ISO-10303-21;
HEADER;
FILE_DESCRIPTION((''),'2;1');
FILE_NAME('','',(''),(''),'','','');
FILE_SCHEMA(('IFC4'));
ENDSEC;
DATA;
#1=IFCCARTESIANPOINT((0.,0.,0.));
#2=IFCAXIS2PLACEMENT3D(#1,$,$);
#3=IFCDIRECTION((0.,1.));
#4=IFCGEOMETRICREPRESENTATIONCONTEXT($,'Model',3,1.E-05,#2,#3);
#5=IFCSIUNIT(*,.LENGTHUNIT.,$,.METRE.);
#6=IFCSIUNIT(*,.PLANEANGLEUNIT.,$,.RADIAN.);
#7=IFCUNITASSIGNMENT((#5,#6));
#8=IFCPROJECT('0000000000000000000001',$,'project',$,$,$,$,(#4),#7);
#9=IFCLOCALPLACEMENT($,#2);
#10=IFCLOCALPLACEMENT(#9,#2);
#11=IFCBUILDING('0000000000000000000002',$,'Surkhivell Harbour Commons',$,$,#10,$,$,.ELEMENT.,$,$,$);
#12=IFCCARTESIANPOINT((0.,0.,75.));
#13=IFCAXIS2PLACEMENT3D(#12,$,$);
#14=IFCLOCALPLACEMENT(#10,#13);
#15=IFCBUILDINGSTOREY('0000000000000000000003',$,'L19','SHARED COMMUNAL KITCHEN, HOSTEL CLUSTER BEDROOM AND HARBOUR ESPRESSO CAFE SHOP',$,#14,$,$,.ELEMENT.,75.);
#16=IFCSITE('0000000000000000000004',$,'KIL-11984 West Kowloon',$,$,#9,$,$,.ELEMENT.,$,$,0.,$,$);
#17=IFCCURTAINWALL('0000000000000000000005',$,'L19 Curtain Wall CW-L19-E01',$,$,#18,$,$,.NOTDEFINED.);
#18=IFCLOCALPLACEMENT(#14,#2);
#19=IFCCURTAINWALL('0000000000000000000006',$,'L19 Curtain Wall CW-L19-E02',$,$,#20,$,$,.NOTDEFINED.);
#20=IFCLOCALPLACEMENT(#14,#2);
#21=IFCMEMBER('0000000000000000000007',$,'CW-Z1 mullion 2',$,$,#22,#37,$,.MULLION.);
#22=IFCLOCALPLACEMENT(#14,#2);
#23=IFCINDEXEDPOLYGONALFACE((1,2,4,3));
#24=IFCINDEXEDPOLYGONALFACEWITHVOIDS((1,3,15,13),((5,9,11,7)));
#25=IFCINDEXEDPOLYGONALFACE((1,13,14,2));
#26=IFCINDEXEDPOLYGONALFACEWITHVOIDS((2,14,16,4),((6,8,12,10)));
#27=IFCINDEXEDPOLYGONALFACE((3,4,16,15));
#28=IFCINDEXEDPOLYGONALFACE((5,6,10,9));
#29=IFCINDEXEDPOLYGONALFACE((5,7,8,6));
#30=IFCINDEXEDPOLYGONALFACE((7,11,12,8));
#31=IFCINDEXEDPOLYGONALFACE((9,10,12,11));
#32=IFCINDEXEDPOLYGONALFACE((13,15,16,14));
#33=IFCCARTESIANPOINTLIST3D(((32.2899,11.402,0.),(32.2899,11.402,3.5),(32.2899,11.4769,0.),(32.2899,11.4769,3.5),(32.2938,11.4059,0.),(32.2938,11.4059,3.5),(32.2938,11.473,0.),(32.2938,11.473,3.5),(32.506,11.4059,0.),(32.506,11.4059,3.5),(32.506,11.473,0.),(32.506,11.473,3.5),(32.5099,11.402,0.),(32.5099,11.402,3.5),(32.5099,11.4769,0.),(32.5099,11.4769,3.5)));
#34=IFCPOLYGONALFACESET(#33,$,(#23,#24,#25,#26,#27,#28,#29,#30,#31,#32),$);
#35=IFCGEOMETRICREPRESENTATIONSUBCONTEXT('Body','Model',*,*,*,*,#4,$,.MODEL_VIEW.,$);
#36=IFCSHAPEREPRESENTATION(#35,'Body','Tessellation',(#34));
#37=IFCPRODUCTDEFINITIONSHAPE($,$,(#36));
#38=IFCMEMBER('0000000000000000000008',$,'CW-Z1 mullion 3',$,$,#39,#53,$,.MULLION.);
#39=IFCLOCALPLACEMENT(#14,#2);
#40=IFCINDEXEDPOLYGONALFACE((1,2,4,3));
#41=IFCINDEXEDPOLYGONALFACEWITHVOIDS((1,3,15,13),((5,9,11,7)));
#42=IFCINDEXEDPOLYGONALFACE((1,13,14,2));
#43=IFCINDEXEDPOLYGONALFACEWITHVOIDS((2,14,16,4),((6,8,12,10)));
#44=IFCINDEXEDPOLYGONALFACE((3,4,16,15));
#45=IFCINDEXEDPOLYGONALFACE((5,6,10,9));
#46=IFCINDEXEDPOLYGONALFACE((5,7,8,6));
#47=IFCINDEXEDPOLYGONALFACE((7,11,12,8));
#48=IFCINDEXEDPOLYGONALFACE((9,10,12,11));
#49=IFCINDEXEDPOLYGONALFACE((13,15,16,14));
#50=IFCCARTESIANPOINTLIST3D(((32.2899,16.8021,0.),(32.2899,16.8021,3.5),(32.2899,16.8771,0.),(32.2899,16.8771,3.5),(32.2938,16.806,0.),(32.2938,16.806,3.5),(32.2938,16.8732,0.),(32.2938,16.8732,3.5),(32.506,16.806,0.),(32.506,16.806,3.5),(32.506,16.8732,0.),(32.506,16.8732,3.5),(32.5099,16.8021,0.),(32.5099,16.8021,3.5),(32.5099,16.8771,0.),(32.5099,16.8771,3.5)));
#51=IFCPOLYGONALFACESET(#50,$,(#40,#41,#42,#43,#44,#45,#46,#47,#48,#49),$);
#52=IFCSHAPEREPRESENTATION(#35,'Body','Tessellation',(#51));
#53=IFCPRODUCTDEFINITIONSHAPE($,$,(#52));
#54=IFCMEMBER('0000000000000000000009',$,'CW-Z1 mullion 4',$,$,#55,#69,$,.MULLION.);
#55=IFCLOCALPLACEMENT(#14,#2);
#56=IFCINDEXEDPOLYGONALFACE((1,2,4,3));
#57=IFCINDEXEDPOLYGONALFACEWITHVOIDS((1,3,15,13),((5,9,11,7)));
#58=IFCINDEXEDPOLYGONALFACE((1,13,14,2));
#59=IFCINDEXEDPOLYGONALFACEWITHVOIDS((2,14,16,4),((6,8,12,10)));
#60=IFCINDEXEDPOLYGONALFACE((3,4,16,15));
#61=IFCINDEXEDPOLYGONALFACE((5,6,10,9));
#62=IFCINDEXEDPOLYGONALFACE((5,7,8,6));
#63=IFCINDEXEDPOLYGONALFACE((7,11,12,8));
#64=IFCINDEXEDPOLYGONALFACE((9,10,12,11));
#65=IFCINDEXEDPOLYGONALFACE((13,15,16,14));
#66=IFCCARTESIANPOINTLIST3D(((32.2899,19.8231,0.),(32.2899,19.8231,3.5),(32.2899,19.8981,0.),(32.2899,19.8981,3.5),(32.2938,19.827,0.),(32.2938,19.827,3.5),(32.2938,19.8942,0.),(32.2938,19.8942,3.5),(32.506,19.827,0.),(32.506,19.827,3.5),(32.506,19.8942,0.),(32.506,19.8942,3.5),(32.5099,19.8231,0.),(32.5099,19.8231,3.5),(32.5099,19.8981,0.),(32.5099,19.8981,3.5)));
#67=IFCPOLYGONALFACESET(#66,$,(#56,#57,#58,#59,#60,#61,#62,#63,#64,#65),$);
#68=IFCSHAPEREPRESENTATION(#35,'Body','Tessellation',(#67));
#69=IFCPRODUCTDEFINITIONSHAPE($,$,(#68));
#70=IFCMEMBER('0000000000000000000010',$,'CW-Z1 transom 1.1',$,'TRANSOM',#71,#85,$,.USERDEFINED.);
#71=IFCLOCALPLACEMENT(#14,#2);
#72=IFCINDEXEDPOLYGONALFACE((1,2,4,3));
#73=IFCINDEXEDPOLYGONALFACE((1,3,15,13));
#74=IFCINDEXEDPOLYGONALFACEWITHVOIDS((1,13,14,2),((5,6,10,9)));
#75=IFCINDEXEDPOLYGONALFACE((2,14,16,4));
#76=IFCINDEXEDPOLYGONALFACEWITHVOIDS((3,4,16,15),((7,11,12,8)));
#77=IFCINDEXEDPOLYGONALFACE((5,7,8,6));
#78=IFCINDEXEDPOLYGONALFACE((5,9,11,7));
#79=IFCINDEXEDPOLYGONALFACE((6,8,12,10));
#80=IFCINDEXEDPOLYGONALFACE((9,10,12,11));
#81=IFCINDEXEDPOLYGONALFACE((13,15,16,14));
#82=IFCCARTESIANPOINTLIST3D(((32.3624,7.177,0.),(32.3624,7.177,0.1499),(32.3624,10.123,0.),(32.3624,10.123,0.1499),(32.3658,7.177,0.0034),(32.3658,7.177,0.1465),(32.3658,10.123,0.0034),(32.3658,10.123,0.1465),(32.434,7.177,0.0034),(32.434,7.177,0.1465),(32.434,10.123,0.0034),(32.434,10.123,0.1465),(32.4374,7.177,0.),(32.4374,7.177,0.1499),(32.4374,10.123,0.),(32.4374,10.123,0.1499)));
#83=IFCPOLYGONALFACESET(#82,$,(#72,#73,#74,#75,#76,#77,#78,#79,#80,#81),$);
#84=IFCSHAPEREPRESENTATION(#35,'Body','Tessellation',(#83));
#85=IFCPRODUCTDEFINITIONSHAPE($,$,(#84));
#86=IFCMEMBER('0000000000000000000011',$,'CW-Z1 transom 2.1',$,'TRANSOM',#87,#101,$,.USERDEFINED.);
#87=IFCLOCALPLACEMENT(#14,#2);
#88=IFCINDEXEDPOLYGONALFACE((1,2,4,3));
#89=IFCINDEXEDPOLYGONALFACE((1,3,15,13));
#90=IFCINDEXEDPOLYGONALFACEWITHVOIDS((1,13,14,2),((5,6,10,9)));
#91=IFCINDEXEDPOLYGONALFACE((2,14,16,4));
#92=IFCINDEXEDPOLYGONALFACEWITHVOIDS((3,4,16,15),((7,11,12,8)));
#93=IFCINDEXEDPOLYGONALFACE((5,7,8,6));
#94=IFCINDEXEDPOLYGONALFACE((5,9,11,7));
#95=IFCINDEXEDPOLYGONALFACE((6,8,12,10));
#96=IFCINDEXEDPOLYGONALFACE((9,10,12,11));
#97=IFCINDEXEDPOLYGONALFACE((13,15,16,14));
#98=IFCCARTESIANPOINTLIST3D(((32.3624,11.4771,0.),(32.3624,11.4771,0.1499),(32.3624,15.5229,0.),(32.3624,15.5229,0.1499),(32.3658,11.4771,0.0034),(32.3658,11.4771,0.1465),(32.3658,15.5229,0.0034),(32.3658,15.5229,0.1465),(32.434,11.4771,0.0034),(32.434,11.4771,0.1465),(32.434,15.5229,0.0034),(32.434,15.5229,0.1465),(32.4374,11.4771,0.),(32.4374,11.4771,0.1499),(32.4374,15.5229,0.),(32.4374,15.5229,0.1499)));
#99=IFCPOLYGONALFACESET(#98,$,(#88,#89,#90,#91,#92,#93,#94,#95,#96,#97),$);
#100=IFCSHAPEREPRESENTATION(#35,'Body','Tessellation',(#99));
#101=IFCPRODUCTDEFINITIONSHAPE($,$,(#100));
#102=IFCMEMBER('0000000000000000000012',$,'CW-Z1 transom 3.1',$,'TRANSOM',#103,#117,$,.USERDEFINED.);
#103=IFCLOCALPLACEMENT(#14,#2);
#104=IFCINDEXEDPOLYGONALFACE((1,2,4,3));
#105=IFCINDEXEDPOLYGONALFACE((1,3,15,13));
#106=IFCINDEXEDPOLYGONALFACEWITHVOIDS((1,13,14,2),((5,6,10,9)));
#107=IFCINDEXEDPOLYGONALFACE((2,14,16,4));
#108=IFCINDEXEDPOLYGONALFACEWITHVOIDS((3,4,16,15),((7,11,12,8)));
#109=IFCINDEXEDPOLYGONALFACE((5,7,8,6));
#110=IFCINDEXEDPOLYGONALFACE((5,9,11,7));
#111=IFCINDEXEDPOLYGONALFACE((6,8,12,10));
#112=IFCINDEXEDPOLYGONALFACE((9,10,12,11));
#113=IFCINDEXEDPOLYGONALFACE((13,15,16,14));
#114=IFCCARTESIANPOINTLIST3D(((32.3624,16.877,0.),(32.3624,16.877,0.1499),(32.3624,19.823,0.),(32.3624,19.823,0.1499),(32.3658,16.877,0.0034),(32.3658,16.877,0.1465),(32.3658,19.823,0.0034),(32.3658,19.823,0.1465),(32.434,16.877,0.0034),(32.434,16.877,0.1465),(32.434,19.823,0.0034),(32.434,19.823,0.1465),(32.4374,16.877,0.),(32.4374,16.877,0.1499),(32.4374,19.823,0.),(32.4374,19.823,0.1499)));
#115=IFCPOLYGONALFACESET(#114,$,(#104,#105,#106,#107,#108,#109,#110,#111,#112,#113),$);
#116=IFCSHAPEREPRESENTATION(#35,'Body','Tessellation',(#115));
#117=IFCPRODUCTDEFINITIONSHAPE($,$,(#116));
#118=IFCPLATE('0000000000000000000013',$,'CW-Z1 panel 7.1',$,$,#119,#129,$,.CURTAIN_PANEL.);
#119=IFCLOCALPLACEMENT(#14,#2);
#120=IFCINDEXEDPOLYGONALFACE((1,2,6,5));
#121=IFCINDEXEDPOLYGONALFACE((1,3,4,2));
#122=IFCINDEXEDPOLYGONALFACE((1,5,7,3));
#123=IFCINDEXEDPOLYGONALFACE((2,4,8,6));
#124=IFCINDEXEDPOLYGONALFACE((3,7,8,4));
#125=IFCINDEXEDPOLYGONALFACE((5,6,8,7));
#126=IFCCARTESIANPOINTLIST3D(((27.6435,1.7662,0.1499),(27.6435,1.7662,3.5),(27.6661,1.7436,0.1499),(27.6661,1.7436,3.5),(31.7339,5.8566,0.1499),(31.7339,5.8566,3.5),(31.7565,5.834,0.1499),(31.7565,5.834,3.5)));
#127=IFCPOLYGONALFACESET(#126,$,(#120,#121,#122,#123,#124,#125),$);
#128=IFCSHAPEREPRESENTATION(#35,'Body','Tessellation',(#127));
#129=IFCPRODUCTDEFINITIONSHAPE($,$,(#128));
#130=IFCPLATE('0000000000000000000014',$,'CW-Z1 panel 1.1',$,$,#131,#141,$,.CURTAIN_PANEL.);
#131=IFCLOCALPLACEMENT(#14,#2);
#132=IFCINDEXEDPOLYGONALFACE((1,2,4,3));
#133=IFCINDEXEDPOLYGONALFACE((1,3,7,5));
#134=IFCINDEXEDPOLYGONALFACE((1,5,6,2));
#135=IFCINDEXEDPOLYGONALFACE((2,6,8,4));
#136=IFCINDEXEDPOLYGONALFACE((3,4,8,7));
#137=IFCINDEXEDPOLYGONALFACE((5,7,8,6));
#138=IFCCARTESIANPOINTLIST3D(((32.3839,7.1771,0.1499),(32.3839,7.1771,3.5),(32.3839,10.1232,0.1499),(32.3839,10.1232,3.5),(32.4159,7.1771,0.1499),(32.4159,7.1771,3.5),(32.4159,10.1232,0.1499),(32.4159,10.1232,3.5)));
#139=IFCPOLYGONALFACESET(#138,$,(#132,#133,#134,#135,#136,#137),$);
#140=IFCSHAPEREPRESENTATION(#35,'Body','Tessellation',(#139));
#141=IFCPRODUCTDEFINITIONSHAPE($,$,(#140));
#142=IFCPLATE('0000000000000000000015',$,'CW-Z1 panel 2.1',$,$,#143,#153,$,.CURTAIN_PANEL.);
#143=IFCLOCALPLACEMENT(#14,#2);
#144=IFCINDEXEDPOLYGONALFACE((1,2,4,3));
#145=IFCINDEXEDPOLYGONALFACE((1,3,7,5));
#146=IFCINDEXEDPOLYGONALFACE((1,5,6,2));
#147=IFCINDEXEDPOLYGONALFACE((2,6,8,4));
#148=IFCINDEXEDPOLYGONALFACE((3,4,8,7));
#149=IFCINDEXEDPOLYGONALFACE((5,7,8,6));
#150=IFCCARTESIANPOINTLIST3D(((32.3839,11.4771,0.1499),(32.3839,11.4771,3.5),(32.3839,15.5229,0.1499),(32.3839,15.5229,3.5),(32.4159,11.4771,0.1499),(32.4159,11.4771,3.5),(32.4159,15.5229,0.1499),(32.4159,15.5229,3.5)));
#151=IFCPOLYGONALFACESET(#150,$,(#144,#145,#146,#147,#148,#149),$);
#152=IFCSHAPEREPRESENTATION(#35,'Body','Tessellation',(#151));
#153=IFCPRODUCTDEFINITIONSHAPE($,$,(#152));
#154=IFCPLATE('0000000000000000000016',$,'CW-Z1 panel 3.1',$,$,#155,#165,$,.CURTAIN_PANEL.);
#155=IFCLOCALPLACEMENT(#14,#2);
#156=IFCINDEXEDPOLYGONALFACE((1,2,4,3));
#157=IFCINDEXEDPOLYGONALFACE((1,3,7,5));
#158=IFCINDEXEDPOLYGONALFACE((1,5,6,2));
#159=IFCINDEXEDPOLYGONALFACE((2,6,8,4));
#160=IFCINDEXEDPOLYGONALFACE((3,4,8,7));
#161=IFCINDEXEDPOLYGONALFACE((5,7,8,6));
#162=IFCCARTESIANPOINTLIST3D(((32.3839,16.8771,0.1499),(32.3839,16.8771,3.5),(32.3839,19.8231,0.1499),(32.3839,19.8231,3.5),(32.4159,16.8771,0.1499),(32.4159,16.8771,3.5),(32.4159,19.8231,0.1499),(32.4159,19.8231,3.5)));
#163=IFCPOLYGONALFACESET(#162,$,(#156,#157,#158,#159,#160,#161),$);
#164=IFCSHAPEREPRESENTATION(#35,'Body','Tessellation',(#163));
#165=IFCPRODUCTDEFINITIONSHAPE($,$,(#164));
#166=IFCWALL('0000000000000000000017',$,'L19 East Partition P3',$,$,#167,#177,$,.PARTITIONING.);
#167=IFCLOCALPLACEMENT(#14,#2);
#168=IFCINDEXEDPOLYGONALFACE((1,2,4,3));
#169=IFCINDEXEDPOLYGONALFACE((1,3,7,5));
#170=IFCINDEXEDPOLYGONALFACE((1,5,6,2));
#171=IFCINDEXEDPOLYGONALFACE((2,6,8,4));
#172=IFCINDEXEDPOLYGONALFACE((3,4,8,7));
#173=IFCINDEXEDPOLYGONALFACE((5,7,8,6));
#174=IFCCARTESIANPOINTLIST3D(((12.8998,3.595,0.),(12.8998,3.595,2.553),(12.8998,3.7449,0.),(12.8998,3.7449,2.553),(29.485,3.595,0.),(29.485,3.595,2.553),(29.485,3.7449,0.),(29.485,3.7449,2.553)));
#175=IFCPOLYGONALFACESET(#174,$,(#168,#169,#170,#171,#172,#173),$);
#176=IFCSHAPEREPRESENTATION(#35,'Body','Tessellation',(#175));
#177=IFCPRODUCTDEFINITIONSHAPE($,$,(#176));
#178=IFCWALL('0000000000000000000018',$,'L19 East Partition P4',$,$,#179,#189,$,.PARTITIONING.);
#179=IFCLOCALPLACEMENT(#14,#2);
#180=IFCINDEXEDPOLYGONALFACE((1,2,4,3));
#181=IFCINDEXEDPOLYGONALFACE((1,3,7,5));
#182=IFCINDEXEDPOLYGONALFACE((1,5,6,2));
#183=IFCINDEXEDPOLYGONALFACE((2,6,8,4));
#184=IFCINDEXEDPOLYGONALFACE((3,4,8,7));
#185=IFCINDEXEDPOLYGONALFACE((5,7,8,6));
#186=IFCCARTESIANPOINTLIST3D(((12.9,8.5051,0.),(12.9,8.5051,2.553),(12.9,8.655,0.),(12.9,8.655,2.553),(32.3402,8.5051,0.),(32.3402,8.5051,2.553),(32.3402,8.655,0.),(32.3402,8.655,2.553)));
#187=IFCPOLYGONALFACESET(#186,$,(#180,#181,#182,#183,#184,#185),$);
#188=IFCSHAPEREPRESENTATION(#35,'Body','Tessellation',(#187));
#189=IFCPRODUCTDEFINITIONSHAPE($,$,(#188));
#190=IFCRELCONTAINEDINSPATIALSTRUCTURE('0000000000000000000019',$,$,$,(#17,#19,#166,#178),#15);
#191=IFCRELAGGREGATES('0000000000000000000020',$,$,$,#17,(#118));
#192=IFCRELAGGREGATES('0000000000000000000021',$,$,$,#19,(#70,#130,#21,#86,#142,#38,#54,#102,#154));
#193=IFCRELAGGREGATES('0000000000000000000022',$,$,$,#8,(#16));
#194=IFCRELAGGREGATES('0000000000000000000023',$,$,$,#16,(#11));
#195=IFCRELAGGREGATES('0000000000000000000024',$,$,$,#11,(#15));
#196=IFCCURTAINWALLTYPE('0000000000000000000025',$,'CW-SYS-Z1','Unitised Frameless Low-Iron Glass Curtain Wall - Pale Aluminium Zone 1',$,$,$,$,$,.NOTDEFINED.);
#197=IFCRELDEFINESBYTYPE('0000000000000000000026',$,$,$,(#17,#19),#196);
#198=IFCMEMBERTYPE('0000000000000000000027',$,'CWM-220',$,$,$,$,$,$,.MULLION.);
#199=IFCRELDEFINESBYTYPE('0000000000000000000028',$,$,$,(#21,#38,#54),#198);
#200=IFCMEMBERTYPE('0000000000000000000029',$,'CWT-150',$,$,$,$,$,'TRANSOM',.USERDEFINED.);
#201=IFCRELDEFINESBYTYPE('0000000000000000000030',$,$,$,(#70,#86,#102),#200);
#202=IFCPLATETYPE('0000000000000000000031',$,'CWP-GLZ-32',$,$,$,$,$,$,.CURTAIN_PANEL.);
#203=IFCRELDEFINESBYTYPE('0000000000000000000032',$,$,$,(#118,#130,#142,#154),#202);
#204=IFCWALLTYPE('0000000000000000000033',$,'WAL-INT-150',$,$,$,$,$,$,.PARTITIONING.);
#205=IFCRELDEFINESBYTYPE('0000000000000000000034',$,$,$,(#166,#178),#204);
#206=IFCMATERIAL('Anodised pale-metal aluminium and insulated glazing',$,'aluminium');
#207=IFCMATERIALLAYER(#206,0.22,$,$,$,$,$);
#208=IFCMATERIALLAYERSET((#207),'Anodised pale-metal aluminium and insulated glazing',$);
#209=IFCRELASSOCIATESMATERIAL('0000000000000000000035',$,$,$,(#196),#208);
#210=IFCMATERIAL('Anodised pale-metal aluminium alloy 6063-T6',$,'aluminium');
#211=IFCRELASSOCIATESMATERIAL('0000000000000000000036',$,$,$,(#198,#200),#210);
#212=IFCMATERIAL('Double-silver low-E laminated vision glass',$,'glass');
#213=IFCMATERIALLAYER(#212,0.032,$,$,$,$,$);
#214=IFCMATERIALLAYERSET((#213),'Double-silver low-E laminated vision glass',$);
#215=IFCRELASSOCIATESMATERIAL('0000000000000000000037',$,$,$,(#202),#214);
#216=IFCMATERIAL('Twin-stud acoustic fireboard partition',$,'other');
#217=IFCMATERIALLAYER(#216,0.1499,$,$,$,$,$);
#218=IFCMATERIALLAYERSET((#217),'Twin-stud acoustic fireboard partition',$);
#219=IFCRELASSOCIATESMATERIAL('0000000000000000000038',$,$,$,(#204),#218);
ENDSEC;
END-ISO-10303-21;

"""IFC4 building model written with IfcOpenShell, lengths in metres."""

from ifc_helpers import new_model, si_unit, direction, frame, frame_2d, origin, origin_2d, place, context, subcontext, project, spatial, rectangle, hollow_rectangle, extrude, material, layer, layer_set, material_profile, profile_set, type_object, element, aggregate, save


model = new_model("IFC4")

# Units and contexts
model_context = context("Model", 3, precision=1e-05, world=origin(), true_north=direction((0.0, 1.0)))
body_context = subcontext(model_context, "Body", "Model", "MODEL_VIEW")
ifc_project = project(units=[si_unit("LENGTHUNIT", "METRE"), si_unit("PLANEANGLEUNIT", "RADIAN")], contexts=[model_context])

# Site, building, storey
site_placement = place(None, origin())
site = spatial("IfcSite", under=ifc_project, at=site_placement, Name="KIL-11984 West Kowloon", CompositionType="ELEMENT", RefElevation=0.0)
building_placement = place(site_placement, origin())
building = spatial("IfcBuilding", under=site, at=building_placement, Name="Surkhivell Harbour Commons", CompositionType="ELEMENT")
storey_placement = place(building_placement, frame((0.0, 0.0, 75.0)))
storey = spatial("IfcBuildingStorey", under=building, at=storey_placement, Name="L19", Description="SHARED COMMUNAL KITCHEN, HOSTEL CLUSTER BEDROOM AND HARBOUR ESPRESSO CAFE SHOP", CompositionType="ELEMENT", Elevation=75.0)

# Curtain wall
ifc_material_1 = material(Name="Anodised pale-metal aluminium and insulated glazing", Category="aluminium")
ifc_layer_1 = layer(ifc_material_1, 0.22)
ifc_layer_set_1 = layer_set([ifc_layer_1], Name="Anodised pale-metal aluminium and insulated glazing")
curtain_wall_type = type_object("IfcCurtainWallType", Name="CW-SYS-Z1", Description="Unitised Frameless Low-Iron Glass Curtain Wall - Pale Aluminium Zone 1", PredefinedType="NOTDEFINED", material=ifc_layer_set_1)
curtain_wall_1_placement = place(storey_placement, origin())
curtain_wall_1 = element("IfcCurtainWall", 1, at=curtain_wall_1_placement, inside=storey, type_object=curtain_wall_type, Name="L19 Curtain Wall CW-L19-E01", PredefinedType="NOTDEFINED")
ifc_material_2 = material(Name="Anodised pale-metal aluminium alloy 6063-T6", Category="aluminium")
ifc_material_profile_1 = material_profile(ifc_material_2, hollow_rectangle(XDim=0.075, YDim=0.22, WallThickness=0.0039, at=origin_2d()), Name="ALU-MULL-75x220")
ifc_profile_set_1 = profile_set([ifc_material_profile_1], Name="Anodised pale-metal aluminium alloy 6063-T6")
member_type_1 = type_object("IfcMemberType", Name="CWM-220", PredefinedType="MULLION", material=ifc_profile_set_1)

# Curtain wall, members
curtain_wall_2_placement = place(storey_placement, origin())
curtain_wall_2 = element("IfcCurtainWall", 2, at=curtain_wall_2_placement, inside=storey, type_object=curtain_wall_type, Name="L19 Curtain Wall CW-L19-E02", PredefinedType="NOTDEFINED")
member_1_placement = place(storey_placement, frame((32.3999, 11.4395, 0.0), z_axis=(0.0, 0.0, 1.0), x_axis=(0.0, 1.0, 0.0)))
member_1 = element("IfcMember", 3, at=member_1_placement, type_object=member_type_1, Name="CW-Z1 mullion 2", PredefinedType="MULLION", context=body_context, shape_type="SweptSolid", body=[
    extrude(hollow_rectangle(XDim=0.075, YDim=0.22, WallThickness=0.0039, at=origin_2d()), origin(), (0.0, 0.0, 1.0), 3.5),
])
member_2_placement = place(storey_placement, frame((32.3999, 16.8396, 0.0), z_axis=(0.0, 0.0, 1.0), x_axis=(0.0, 1.0, 0.0)))
member_2 = element("IfcMember", 4, at=member_2_placement, type_object=member_type_1, Name="CW-Z1 mullion 3", PredefinedType="MULLION", context=body_context, shape_type="SweptSolid", body=[
    extrude(hollow_rectangle(XDim=0.075, YDim=0.22, WallThickness=0.0039, at=origin_2d()), origin(), (0.0, 0.0, 1.0), 3.5),
])
member_3_placement = place(storey_placement, frame((32.3999, 19.8606, 0.0), z_axis=(0.0, 0.0, 1.0), x_axis=(0.0, 1.0, 0.0)))
member_3 = element("IfcMember", 5, at=member_3_placement, type_object=member_type_1, Name="CW-Z1 mullion 4", PredefinedType="MULLION", context=body_context, shape_type="SweptSolid", body=[
    extrude(hollow_rectangle(XDim=0.075, YDim=0.22, WallThickness=0.0039, at=origin_2d()), origin(), (0.0, 0.0, 1.0), 3.5),
])
ifc_material_profile_2 = material_profile(ifc_material_2, hollow_rectangle(XDim=0.075, YDim=0.1499, WallThickness=0.0034, at=origin_2d()), Name="ALU-TRAN-75x150")
ifc_profile_set_2 = profile_set([ifc_material_profile_2], Name="Anodised pale-metal aluminium alloy 6063-T6")
member_type_2 = type_object("IfcMemberType", Name="CWT-150", ElementType="TRANSOM", PredefinedType="USERDEFINED", material=ifc_profile_set_2)
member_4_placement = place(storey_placement, frame((32.3999, 7.177, 0.075), z_axis=(0.0, 1.0, 0.0), x_axis=(-1.0, 0.0, 0.0)))
member_4 = element("IfcMember", 6, at=member_4_placement, type_object=member_type_2, Name="CW-Z1 transom 1.1", ObjectType="TRANSOM", PredefinedType="USERDEFINED", context=body_context, shape_type="SweptSolid", body=[
    extrude(hollow_rectangle(XDim=0.075, YDim=0.1499, WallThickness=0.0034, at=origin_2d()), origin(), (0.0, 0.0, 1.0), 2.946),
])
member_5_placement = place(storey_placement, frame((32.3999, 11.4771, 0.075), z_axis=(0.0, 1.0, 0.0), x_axis=(-1.0, 0.0, 0.0)))
member_5 = element("IfcMember", 7, at=member_5_placement, type_object=member_type_2, Name="CW-Z1 transom 2.1", ObjectType="TRANSOM", PredefinedType="USERDEFINED", context=body_context, shape_type="SweptSolid", body=[
    extrude(hollow_rectangle(XDim=0.075, YDim=0.1499, WallThickness=0.0034, at=origin_2d()), origin(), (0.0, 0.0, 1.0), 4.0459),
])
member_6_placement = place(storey_placement, frame((32.3999, 16.877, 0.075), z_axis=(0.0, 1.0, 0.0), x_axis=(-1.0, 0.0, 0.0)))
member_6 = element("IfcMember", 8, at=member_6_placement, type_object=member_type_2, Name="CW-Z1 transom 3.1", ObjectType="TRANSOM", PredefinedType="USERDEFINED", context=body_context, shape_type="SweptSolid", body=[
    extrude(hollow_rectangle(XDim=0.075, YDim=0.1499, WallThickness=0.0034, at=origin_2d()), origin(), (0.0, 0.0, 1.0), 2.946),
])

# Plates
ifc_material_3 = material(Name="Double-silver low-E laminated vision glass", Category="glass")
ifc_layer_2 = layer(ifc_material_3, 0.032)
ifc_layer_set_2 = layer_set([ifc_layer_2], Name="Double-silver low-E laminated vision glass")
plate_type = type_object("IfcPlateType", Name="CWP-GLZ-32", PredefinedType="CURTAIN_PANEL", material=ifc_layer_set_2)
plate_1_placement = place(storey_placement, frame((27.6548, 1.7549, 0.1499), z_axis=(0.0, 0.0, 1.0), x_axis=(0.707107, 0.707107, 0.0)))
plate_1 = element("IfcPlate", 9, at=plate_1_placement, type_object=plate_type, Name="CW-Z1 panel 7.1", PredefinedType="CURTAIN_PANEL", context=body_context, shape_type="SweptSolid", body=[
    extrude(rectangle(XDim=5.7847, YDim=0.032, at=frame_2d((2.8923, 0.0))), origin(), (0.0, 0.0, 1.0), 3.3501),
])
aggregate(curtain_wall_1, [plate_1])
plate_2_placement = place(storey_placement, frame((32.3999, 7.177, 0.1499), z_axis=(0.0, 0.0, 1.0), x_axis=(0.0, 1.0, 0.0)))
plate_2 = element("IfcPlate", 10, at=plate_2_placement, type_object=plate_type, Name="CW-Z1 panel 1.1", PredefinedType="CURTAIN_PANEL", context=body_context, shape_type="SweptSolid", body=[
    extrude(rectangle(XDim=2.946, YDim=0.032, at=frame_2d((1.4731, 0.0))), origin(), (0.0, 0.0, 1.0), 3.3501),
])
plate_3_placement = place(storey_placement, frame((32.3999, 11.4771, 0.1499), z_axis=(0.0, 0.0, 1.0), x_axis=(0.0, 1.0, 0.0)))
plate_3 = element("IfcPlate", 11, at=plate_3_placement, type_object=plate_type, Name="CW-Z1 panel 2.1", PredefinedType="CURTAIN_PANEL", context=body_context, shape_type="SweptSolid", body=[
    extrude(rectangle(XDim=4.0459, YDim=0.032, at=frame_2d((2.0229, 0.0))), origin(), (0.0, 0.0, 1.0), 3.3501),
])
plate_4_placement = place(storey_placement, frame((32.3999, 16.877, 0.1499), z_axis=(0.0, 0.0, 1.0), x_axis=(0.0, 1.0, 0.0)))
plate_4 = element("IfcPlate", 12, at=plate_4_placement, type_object=plate_type, Name="CW-Z1 panel 3.1", PredefinedType="CURTAIN_PANEL", context=body_context, shape_type="SweptSolid", body=[
    extrude(rectangle(XDim=2.946, YDim=0.032, at=frame_2d((1.4731, 0.0))), origin(), (0.0, 0.0, 1.0), 3.3501),
])
aggregate(curtain_wall_2, [member_4, plate_2, member_1, member_5, plate_3, member_2, member_3, member_6, plate_4])

# Walls
ifc_material_4 = material(Name="Twin-stud acoustic fireboard partition", Category="other")
ifc_layer_3 = layer(ifc_material_4, 0.1499)
ifc_layer_set_3 = layer_set([ifc_layer_3], Name="Twin-stud acoustic fireboard partition")
wall_type_1 = type_object("IfcWallType", Name="WAL-INT-150", PredefinedType="PARTITIONING", material=ifc_layer_set_3)
wall_1_placement = place(storey_placement, frame((12.8999, 3.6699, 0.0), z_axis=(0.0, 0.0, 1.0), x_axis=(1.0, 0.0, 0.0)))
element("IfcWall", 13, at=wall_1_placement, inside=storey, type_object=wall_type_1, Name="L19 East Partition P3", PredefinedType="PARTITIONING", context=body_context, shape_type="SweptSolid", body=[
    extrude(rectangle(XDim=16.5852, YDim=0.1499, at=frame_2d((8.2925, 0.0))), origin(), (0.0, 0.0, 1.0), 2.553),
])
wall_2_placement = place(storey_placement, frame((12.8999, 8.5801, 0.0), z_axis=(0.0, 0.0, 1.0), x_axis=(1.0, 0.0, 0.0)))
element("IfcWall", 14, at=wall_2_placement, inside=storey, type_object=wall_type_1, Name="L19 East Partition P4", PredefinedType="PARTITIONING", context=body_context, shape_type="SweptSolid", body=[
    extrude(rectangle(XDim=19.4402, YDim=0.1499, at=frame_2d((9.7202, 0.0))), origin(), (0.0, 0.0, 1.0), 2.553),
])

save(model, "model.ifc")
